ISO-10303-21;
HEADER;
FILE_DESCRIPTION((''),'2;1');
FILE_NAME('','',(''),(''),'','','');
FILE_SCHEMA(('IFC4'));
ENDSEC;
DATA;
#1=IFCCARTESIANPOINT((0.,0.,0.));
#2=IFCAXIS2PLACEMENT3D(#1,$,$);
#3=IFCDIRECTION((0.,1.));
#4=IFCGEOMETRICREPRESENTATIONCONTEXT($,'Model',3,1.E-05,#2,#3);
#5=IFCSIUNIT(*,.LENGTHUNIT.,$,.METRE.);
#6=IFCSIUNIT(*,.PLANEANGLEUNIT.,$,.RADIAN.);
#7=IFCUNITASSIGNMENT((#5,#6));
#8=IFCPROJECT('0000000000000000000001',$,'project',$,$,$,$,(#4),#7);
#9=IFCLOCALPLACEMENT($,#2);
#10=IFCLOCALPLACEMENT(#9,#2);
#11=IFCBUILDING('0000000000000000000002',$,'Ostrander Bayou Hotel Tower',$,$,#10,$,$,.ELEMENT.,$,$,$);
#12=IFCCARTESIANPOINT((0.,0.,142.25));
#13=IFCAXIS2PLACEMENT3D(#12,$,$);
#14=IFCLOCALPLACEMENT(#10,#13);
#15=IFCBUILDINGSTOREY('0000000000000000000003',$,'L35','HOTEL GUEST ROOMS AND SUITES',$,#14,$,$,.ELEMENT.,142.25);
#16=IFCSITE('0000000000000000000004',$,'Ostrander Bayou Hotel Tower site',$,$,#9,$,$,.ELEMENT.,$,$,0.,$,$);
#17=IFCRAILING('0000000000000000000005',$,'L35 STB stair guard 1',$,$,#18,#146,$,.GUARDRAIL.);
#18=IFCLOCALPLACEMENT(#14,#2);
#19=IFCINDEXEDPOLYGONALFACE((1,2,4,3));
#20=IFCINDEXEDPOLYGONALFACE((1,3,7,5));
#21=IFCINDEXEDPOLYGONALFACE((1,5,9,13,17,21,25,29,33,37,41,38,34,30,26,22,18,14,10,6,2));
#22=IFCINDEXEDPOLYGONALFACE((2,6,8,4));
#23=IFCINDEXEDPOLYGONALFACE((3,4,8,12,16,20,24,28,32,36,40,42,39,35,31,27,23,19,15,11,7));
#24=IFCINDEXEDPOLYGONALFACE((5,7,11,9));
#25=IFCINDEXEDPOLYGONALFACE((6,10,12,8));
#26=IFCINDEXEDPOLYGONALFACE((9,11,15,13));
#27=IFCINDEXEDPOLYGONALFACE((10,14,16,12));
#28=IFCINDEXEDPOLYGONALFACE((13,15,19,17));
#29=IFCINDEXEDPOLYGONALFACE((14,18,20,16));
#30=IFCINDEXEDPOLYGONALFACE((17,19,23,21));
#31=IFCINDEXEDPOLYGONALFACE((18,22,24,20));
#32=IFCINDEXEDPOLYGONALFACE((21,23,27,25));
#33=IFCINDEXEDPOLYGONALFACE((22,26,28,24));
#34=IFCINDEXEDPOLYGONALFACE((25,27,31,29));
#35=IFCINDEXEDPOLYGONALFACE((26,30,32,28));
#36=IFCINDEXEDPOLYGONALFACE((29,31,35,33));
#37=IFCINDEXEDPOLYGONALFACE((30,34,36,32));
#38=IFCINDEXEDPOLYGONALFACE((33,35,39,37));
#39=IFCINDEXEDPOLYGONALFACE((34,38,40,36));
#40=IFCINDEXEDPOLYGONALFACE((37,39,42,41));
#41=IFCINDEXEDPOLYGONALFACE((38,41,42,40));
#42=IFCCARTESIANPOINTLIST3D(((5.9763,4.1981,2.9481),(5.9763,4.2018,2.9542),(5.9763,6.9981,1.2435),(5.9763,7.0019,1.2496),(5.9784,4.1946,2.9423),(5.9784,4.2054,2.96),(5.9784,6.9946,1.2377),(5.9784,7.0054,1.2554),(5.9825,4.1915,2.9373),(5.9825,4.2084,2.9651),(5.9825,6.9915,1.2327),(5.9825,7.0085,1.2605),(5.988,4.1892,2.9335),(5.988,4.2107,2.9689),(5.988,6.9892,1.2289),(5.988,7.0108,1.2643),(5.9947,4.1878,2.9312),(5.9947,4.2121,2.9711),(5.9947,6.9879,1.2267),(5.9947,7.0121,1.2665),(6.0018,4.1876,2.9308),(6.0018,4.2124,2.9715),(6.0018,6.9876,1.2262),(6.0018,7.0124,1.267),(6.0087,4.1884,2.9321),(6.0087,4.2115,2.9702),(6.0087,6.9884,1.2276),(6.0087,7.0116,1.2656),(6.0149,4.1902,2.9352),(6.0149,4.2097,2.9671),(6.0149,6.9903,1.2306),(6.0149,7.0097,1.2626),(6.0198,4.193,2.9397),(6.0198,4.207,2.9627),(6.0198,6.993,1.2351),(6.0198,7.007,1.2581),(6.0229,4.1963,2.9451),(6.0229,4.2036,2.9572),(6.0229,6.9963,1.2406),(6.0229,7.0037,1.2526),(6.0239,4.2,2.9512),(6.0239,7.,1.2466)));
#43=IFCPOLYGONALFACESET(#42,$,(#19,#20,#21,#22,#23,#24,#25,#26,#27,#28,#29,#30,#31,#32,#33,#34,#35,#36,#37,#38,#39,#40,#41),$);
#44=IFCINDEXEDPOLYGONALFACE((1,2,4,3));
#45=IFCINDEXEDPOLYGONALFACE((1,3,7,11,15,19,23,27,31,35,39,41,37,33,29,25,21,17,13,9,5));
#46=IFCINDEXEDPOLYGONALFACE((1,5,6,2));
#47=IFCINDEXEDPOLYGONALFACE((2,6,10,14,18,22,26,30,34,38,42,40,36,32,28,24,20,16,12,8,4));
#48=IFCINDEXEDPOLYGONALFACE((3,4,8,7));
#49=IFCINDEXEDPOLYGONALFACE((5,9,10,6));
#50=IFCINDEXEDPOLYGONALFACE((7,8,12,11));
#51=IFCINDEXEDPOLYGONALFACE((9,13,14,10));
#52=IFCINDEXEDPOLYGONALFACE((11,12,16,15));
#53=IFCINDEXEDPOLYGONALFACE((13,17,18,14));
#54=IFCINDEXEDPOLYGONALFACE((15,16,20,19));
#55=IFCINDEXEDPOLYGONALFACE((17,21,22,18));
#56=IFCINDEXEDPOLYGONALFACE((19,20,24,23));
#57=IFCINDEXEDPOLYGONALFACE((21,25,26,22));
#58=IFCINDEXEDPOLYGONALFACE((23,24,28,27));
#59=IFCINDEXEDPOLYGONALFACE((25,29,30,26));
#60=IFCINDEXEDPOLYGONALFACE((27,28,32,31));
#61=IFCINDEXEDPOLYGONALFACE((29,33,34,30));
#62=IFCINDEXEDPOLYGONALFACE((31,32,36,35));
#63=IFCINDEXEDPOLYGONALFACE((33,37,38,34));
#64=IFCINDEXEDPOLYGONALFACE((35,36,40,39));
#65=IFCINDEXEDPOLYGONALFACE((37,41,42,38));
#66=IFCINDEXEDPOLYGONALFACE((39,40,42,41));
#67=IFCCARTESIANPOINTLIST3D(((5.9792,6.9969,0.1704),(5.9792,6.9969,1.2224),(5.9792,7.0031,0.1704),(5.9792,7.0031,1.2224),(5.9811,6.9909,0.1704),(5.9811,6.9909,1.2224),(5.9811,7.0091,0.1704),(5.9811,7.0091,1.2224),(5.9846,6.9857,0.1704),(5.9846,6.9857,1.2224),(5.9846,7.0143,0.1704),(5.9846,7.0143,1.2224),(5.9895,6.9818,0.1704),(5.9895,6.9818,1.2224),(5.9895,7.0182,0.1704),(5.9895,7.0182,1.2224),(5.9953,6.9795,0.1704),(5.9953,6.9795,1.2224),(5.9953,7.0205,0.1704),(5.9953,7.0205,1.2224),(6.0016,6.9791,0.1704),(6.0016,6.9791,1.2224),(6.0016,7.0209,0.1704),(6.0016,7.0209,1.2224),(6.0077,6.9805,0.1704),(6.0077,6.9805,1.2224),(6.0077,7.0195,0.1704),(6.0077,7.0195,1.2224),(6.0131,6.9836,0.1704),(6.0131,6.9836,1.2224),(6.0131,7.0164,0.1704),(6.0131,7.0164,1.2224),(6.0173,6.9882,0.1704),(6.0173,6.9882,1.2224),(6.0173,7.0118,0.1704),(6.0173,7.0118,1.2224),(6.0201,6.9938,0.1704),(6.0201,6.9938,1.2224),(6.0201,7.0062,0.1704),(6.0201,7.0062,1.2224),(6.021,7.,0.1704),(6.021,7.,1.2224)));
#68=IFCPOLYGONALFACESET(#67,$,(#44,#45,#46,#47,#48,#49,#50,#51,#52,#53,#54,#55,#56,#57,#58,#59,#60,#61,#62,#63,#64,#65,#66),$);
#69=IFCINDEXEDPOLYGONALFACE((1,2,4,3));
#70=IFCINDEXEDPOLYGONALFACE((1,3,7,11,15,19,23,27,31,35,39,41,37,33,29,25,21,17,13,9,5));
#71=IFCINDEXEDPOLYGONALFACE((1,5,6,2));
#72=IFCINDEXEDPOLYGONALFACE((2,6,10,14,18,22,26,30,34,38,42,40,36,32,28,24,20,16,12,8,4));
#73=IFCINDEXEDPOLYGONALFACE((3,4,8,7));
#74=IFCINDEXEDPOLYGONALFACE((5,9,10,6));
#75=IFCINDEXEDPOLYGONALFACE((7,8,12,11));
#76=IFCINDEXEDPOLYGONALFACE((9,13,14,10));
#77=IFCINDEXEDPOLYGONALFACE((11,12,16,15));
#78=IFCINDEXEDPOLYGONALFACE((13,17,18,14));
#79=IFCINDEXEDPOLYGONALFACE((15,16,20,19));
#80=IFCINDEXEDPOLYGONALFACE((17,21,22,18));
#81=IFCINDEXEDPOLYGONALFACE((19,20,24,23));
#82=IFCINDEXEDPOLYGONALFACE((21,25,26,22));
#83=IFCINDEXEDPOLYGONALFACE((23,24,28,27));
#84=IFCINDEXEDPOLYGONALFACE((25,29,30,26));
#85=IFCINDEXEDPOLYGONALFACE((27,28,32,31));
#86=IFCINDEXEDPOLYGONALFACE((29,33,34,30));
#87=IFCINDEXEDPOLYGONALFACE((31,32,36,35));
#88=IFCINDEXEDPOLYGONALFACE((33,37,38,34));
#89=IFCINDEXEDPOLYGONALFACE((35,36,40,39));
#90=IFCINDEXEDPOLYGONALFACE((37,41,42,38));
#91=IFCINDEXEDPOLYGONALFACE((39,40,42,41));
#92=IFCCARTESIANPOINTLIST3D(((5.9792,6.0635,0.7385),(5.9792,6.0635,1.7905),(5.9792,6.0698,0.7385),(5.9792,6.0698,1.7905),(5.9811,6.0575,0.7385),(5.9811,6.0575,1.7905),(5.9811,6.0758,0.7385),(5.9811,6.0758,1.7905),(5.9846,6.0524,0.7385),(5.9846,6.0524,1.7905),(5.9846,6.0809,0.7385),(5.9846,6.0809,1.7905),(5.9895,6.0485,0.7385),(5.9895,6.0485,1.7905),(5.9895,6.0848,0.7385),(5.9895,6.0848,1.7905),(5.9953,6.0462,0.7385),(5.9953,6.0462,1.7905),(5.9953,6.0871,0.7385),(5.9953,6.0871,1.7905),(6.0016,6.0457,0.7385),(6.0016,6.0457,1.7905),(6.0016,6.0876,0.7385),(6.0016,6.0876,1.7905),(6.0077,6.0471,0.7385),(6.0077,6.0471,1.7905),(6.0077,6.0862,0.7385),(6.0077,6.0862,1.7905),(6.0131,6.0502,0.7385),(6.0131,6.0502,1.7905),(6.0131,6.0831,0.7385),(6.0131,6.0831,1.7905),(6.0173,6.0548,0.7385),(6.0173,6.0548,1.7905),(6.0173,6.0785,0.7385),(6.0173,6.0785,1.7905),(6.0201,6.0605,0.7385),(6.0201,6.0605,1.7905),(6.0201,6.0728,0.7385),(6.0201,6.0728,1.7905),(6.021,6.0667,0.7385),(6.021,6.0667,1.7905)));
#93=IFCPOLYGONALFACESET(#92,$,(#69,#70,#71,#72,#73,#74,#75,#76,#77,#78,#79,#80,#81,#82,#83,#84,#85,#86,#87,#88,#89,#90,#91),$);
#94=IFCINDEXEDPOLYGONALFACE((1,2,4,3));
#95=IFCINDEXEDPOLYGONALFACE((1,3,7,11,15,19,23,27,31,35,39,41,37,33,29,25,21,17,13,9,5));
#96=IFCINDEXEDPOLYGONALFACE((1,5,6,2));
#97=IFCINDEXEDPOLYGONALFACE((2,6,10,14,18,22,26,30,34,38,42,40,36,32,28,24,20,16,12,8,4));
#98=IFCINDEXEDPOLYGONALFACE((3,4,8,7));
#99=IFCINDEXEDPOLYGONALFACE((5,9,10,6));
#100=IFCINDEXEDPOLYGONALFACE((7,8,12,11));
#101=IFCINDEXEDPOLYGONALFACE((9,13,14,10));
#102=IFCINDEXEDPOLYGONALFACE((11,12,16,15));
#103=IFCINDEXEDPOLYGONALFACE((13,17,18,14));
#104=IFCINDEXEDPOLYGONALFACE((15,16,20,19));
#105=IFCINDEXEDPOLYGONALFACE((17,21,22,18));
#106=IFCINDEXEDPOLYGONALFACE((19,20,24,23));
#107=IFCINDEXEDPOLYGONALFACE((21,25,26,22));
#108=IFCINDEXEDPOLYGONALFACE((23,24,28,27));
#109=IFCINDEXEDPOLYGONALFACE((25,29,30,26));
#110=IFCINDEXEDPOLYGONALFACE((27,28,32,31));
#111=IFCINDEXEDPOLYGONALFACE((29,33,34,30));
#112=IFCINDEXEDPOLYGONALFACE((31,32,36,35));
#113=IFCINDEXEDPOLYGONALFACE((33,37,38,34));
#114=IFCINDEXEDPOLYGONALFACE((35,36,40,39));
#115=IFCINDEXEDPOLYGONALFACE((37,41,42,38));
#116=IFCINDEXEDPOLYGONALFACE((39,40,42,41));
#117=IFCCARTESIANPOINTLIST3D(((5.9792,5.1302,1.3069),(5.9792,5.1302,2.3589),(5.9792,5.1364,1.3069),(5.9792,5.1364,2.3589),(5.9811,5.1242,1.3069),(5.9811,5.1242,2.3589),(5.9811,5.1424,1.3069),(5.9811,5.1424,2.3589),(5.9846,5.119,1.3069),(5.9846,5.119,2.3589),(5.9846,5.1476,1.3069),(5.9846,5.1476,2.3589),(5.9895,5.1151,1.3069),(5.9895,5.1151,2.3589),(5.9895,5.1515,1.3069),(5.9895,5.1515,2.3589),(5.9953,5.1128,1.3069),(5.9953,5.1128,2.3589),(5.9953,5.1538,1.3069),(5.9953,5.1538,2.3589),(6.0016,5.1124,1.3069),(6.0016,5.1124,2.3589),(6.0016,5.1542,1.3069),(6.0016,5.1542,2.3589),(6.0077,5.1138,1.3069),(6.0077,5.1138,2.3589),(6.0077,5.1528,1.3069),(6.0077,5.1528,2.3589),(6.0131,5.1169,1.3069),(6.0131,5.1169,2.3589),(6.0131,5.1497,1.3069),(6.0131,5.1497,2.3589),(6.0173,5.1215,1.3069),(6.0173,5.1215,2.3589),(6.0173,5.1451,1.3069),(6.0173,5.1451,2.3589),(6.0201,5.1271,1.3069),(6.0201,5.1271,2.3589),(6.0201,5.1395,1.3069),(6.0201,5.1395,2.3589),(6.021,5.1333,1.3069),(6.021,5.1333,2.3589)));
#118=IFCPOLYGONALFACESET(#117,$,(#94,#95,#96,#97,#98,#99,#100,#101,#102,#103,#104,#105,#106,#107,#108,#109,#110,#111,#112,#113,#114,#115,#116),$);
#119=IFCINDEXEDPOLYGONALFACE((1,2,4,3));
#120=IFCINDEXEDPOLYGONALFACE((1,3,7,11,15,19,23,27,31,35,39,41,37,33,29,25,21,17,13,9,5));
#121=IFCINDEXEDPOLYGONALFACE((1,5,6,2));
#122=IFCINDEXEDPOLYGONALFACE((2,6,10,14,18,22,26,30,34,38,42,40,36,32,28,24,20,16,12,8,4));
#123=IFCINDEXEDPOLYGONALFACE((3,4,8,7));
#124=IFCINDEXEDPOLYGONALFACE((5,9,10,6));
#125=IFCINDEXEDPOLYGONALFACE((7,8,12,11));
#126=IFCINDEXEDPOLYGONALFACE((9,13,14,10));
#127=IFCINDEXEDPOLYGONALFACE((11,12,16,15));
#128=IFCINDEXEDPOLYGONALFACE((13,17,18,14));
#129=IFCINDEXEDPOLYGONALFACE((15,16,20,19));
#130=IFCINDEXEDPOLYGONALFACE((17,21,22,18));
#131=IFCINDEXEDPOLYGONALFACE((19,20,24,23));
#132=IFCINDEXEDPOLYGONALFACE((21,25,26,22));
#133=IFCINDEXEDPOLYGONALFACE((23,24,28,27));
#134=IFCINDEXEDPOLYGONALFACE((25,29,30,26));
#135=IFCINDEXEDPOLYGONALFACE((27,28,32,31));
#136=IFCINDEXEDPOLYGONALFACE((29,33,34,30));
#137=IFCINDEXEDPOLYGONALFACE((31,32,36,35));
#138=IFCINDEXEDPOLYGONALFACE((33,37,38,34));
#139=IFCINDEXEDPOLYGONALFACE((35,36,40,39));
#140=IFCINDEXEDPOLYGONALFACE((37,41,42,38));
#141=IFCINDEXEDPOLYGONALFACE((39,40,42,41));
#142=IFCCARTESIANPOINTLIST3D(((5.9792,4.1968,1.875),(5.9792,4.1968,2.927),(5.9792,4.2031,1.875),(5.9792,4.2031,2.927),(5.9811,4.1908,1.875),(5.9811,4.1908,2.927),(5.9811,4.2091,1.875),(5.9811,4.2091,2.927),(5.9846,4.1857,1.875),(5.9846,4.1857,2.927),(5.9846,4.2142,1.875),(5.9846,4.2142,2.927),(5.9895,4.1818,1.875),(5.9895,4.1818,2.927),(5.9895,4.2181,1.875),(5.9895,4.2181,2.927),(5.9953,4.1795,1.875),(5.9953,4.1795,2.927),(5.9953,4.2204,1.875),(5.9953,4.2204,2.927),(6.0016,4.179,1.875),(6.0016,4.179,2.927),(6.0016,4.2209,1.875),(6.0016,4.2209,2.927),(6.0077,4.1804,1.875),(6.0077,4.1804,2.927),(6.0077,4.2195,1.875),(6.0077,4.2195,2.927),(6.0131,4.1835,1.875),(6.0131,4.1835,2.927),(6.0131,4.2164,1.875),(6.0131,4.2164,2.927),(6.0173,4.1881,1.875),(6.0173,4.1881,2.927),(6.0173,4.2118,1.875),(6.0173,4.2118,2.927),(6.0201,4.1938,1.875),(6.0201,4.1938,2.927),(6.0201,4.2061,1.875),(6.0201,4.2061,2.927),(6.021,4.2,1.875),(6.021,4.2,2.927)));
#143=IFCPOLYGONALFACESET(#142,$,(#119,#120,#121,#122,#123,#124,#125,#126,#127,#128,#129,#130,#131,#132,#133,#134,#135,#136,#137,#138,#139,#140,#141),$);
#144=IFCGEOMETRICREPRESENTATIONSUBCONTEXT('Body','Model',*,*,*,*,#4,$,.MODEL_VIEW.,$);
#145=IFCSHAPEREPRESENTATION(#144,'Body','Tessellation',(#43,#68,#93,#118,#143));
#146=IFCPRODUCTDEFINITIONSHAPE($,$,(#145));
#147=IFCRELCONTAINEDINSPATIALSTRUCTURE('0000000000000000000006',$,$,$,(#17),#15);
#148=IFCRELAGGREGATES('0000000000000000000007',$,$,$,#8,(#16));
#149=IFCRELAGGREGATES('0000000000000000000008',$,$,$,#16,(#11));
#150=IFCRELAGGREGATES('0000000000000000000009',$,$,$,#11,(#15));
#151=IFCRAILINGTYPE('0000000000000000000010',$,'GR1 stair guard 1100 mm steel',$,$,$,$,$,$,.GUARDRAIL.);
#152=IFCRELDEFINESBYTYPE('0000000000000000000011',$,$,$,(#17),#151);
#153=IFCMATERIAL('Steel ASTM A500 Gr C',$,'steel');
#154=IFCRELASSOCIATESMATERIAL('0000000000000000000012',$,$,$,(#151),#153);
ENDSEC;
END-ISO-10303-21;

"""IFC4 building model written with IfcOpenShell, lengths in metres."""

from ifc_helpers import new_model, si_unit, direction, frame, origin, origin_2d, place, context, subcontext, project, spatial, circle, extrude, material, type_object, element, save


model = new_model("IFC4")

# Units and contexts
model_context = context("Model", 3, precision=1e-05, world=origin(), true_north=direction((0.0, 1.0)))
body_context = subcontext(model_context, "Body", "Model", "MODEL_VIEW")
ifc_project = project(units=[si_unit("LENGTHUNIT", "METRE"), si_unit("PLANEANGLEUNIT", "RADIAN")], contexts=[model_context])

# Site, building, storey
site_placement = place(None, origin())
site = spatial("IfcSite", under=ifc_project, at=site_placement, Name="Ostrander Bayou Hotel Tower site", CompositionType="ELEMENT", RefElevation=0.0)
building_placement = place(site_placement, origin())
building = spatial("IfcBuilding", under=site, at=building_placement, Name="Ostrander Bayou Hotel Tower", CompositionType="ELEMENT")
storey_placement = place(building_placement, frame((0.0, 0.0, 142.25)))
storey = spatial("IfcBuildingStorey", under=building, at=storey_placement, Name="L35", Description="HOTEL GUEST ROOMS AND SUITES", CompositionType="ELEMENT", Elevation=142.25)

# Railing
ifc_material_1 = material(Name="Steel ASTM A500 Gr C", Category="steel")
railing_type_1 = type_object("IfcRailingType", Name="GR1 stair guard 1100 mm steel", PredefinedType="GUARDRAIL", material=ifc_material_1)
railing_1_placement = place(storey_placement, frame((6.0, 7.0, 0.1704)))
element("IfcRailing", 1, at=railing_1_placement, inside=storey, type_object=railing_type_1, Name="L35 STB stair guard 1", PredefinedType="GUARDRAIL", context=body_context, shape_type="SweptSolid", body=[
    extrude(circle(Radius=0.0239, at=origin_2d()), frame((0.0, 0.0, 1.0762), z_axis=(0.0, -0.85417, 0.519994), x_axis=(1.0, 0.0, 0.0)), (0.0, 0.0, 1.0), 3.2781),
    extrude(circle(Radius=0.021, at=origin_2d()), origin(), (0.0, 0.0, 1.0), 1.052),
    extrude(circle(Radius=0.021, at=origin_2d()), frame((0.0, -0.9333, 0.5681)), (0.0, 0.0, 1.0), 1.052),
    extrude(circle(Radius=0.021, at=origin_2d()), frame((0.0, -1.8667, 1.1365)), (0.0, 0.0, 1.0), 1.052),
    extrude(circle(Radius=0.021, at=origin_2d()), frame((0.0, -2.8, 1.7046)), (0.0, 0.0, 1.0), 1.052),
])

save(model, "model.ifc")
